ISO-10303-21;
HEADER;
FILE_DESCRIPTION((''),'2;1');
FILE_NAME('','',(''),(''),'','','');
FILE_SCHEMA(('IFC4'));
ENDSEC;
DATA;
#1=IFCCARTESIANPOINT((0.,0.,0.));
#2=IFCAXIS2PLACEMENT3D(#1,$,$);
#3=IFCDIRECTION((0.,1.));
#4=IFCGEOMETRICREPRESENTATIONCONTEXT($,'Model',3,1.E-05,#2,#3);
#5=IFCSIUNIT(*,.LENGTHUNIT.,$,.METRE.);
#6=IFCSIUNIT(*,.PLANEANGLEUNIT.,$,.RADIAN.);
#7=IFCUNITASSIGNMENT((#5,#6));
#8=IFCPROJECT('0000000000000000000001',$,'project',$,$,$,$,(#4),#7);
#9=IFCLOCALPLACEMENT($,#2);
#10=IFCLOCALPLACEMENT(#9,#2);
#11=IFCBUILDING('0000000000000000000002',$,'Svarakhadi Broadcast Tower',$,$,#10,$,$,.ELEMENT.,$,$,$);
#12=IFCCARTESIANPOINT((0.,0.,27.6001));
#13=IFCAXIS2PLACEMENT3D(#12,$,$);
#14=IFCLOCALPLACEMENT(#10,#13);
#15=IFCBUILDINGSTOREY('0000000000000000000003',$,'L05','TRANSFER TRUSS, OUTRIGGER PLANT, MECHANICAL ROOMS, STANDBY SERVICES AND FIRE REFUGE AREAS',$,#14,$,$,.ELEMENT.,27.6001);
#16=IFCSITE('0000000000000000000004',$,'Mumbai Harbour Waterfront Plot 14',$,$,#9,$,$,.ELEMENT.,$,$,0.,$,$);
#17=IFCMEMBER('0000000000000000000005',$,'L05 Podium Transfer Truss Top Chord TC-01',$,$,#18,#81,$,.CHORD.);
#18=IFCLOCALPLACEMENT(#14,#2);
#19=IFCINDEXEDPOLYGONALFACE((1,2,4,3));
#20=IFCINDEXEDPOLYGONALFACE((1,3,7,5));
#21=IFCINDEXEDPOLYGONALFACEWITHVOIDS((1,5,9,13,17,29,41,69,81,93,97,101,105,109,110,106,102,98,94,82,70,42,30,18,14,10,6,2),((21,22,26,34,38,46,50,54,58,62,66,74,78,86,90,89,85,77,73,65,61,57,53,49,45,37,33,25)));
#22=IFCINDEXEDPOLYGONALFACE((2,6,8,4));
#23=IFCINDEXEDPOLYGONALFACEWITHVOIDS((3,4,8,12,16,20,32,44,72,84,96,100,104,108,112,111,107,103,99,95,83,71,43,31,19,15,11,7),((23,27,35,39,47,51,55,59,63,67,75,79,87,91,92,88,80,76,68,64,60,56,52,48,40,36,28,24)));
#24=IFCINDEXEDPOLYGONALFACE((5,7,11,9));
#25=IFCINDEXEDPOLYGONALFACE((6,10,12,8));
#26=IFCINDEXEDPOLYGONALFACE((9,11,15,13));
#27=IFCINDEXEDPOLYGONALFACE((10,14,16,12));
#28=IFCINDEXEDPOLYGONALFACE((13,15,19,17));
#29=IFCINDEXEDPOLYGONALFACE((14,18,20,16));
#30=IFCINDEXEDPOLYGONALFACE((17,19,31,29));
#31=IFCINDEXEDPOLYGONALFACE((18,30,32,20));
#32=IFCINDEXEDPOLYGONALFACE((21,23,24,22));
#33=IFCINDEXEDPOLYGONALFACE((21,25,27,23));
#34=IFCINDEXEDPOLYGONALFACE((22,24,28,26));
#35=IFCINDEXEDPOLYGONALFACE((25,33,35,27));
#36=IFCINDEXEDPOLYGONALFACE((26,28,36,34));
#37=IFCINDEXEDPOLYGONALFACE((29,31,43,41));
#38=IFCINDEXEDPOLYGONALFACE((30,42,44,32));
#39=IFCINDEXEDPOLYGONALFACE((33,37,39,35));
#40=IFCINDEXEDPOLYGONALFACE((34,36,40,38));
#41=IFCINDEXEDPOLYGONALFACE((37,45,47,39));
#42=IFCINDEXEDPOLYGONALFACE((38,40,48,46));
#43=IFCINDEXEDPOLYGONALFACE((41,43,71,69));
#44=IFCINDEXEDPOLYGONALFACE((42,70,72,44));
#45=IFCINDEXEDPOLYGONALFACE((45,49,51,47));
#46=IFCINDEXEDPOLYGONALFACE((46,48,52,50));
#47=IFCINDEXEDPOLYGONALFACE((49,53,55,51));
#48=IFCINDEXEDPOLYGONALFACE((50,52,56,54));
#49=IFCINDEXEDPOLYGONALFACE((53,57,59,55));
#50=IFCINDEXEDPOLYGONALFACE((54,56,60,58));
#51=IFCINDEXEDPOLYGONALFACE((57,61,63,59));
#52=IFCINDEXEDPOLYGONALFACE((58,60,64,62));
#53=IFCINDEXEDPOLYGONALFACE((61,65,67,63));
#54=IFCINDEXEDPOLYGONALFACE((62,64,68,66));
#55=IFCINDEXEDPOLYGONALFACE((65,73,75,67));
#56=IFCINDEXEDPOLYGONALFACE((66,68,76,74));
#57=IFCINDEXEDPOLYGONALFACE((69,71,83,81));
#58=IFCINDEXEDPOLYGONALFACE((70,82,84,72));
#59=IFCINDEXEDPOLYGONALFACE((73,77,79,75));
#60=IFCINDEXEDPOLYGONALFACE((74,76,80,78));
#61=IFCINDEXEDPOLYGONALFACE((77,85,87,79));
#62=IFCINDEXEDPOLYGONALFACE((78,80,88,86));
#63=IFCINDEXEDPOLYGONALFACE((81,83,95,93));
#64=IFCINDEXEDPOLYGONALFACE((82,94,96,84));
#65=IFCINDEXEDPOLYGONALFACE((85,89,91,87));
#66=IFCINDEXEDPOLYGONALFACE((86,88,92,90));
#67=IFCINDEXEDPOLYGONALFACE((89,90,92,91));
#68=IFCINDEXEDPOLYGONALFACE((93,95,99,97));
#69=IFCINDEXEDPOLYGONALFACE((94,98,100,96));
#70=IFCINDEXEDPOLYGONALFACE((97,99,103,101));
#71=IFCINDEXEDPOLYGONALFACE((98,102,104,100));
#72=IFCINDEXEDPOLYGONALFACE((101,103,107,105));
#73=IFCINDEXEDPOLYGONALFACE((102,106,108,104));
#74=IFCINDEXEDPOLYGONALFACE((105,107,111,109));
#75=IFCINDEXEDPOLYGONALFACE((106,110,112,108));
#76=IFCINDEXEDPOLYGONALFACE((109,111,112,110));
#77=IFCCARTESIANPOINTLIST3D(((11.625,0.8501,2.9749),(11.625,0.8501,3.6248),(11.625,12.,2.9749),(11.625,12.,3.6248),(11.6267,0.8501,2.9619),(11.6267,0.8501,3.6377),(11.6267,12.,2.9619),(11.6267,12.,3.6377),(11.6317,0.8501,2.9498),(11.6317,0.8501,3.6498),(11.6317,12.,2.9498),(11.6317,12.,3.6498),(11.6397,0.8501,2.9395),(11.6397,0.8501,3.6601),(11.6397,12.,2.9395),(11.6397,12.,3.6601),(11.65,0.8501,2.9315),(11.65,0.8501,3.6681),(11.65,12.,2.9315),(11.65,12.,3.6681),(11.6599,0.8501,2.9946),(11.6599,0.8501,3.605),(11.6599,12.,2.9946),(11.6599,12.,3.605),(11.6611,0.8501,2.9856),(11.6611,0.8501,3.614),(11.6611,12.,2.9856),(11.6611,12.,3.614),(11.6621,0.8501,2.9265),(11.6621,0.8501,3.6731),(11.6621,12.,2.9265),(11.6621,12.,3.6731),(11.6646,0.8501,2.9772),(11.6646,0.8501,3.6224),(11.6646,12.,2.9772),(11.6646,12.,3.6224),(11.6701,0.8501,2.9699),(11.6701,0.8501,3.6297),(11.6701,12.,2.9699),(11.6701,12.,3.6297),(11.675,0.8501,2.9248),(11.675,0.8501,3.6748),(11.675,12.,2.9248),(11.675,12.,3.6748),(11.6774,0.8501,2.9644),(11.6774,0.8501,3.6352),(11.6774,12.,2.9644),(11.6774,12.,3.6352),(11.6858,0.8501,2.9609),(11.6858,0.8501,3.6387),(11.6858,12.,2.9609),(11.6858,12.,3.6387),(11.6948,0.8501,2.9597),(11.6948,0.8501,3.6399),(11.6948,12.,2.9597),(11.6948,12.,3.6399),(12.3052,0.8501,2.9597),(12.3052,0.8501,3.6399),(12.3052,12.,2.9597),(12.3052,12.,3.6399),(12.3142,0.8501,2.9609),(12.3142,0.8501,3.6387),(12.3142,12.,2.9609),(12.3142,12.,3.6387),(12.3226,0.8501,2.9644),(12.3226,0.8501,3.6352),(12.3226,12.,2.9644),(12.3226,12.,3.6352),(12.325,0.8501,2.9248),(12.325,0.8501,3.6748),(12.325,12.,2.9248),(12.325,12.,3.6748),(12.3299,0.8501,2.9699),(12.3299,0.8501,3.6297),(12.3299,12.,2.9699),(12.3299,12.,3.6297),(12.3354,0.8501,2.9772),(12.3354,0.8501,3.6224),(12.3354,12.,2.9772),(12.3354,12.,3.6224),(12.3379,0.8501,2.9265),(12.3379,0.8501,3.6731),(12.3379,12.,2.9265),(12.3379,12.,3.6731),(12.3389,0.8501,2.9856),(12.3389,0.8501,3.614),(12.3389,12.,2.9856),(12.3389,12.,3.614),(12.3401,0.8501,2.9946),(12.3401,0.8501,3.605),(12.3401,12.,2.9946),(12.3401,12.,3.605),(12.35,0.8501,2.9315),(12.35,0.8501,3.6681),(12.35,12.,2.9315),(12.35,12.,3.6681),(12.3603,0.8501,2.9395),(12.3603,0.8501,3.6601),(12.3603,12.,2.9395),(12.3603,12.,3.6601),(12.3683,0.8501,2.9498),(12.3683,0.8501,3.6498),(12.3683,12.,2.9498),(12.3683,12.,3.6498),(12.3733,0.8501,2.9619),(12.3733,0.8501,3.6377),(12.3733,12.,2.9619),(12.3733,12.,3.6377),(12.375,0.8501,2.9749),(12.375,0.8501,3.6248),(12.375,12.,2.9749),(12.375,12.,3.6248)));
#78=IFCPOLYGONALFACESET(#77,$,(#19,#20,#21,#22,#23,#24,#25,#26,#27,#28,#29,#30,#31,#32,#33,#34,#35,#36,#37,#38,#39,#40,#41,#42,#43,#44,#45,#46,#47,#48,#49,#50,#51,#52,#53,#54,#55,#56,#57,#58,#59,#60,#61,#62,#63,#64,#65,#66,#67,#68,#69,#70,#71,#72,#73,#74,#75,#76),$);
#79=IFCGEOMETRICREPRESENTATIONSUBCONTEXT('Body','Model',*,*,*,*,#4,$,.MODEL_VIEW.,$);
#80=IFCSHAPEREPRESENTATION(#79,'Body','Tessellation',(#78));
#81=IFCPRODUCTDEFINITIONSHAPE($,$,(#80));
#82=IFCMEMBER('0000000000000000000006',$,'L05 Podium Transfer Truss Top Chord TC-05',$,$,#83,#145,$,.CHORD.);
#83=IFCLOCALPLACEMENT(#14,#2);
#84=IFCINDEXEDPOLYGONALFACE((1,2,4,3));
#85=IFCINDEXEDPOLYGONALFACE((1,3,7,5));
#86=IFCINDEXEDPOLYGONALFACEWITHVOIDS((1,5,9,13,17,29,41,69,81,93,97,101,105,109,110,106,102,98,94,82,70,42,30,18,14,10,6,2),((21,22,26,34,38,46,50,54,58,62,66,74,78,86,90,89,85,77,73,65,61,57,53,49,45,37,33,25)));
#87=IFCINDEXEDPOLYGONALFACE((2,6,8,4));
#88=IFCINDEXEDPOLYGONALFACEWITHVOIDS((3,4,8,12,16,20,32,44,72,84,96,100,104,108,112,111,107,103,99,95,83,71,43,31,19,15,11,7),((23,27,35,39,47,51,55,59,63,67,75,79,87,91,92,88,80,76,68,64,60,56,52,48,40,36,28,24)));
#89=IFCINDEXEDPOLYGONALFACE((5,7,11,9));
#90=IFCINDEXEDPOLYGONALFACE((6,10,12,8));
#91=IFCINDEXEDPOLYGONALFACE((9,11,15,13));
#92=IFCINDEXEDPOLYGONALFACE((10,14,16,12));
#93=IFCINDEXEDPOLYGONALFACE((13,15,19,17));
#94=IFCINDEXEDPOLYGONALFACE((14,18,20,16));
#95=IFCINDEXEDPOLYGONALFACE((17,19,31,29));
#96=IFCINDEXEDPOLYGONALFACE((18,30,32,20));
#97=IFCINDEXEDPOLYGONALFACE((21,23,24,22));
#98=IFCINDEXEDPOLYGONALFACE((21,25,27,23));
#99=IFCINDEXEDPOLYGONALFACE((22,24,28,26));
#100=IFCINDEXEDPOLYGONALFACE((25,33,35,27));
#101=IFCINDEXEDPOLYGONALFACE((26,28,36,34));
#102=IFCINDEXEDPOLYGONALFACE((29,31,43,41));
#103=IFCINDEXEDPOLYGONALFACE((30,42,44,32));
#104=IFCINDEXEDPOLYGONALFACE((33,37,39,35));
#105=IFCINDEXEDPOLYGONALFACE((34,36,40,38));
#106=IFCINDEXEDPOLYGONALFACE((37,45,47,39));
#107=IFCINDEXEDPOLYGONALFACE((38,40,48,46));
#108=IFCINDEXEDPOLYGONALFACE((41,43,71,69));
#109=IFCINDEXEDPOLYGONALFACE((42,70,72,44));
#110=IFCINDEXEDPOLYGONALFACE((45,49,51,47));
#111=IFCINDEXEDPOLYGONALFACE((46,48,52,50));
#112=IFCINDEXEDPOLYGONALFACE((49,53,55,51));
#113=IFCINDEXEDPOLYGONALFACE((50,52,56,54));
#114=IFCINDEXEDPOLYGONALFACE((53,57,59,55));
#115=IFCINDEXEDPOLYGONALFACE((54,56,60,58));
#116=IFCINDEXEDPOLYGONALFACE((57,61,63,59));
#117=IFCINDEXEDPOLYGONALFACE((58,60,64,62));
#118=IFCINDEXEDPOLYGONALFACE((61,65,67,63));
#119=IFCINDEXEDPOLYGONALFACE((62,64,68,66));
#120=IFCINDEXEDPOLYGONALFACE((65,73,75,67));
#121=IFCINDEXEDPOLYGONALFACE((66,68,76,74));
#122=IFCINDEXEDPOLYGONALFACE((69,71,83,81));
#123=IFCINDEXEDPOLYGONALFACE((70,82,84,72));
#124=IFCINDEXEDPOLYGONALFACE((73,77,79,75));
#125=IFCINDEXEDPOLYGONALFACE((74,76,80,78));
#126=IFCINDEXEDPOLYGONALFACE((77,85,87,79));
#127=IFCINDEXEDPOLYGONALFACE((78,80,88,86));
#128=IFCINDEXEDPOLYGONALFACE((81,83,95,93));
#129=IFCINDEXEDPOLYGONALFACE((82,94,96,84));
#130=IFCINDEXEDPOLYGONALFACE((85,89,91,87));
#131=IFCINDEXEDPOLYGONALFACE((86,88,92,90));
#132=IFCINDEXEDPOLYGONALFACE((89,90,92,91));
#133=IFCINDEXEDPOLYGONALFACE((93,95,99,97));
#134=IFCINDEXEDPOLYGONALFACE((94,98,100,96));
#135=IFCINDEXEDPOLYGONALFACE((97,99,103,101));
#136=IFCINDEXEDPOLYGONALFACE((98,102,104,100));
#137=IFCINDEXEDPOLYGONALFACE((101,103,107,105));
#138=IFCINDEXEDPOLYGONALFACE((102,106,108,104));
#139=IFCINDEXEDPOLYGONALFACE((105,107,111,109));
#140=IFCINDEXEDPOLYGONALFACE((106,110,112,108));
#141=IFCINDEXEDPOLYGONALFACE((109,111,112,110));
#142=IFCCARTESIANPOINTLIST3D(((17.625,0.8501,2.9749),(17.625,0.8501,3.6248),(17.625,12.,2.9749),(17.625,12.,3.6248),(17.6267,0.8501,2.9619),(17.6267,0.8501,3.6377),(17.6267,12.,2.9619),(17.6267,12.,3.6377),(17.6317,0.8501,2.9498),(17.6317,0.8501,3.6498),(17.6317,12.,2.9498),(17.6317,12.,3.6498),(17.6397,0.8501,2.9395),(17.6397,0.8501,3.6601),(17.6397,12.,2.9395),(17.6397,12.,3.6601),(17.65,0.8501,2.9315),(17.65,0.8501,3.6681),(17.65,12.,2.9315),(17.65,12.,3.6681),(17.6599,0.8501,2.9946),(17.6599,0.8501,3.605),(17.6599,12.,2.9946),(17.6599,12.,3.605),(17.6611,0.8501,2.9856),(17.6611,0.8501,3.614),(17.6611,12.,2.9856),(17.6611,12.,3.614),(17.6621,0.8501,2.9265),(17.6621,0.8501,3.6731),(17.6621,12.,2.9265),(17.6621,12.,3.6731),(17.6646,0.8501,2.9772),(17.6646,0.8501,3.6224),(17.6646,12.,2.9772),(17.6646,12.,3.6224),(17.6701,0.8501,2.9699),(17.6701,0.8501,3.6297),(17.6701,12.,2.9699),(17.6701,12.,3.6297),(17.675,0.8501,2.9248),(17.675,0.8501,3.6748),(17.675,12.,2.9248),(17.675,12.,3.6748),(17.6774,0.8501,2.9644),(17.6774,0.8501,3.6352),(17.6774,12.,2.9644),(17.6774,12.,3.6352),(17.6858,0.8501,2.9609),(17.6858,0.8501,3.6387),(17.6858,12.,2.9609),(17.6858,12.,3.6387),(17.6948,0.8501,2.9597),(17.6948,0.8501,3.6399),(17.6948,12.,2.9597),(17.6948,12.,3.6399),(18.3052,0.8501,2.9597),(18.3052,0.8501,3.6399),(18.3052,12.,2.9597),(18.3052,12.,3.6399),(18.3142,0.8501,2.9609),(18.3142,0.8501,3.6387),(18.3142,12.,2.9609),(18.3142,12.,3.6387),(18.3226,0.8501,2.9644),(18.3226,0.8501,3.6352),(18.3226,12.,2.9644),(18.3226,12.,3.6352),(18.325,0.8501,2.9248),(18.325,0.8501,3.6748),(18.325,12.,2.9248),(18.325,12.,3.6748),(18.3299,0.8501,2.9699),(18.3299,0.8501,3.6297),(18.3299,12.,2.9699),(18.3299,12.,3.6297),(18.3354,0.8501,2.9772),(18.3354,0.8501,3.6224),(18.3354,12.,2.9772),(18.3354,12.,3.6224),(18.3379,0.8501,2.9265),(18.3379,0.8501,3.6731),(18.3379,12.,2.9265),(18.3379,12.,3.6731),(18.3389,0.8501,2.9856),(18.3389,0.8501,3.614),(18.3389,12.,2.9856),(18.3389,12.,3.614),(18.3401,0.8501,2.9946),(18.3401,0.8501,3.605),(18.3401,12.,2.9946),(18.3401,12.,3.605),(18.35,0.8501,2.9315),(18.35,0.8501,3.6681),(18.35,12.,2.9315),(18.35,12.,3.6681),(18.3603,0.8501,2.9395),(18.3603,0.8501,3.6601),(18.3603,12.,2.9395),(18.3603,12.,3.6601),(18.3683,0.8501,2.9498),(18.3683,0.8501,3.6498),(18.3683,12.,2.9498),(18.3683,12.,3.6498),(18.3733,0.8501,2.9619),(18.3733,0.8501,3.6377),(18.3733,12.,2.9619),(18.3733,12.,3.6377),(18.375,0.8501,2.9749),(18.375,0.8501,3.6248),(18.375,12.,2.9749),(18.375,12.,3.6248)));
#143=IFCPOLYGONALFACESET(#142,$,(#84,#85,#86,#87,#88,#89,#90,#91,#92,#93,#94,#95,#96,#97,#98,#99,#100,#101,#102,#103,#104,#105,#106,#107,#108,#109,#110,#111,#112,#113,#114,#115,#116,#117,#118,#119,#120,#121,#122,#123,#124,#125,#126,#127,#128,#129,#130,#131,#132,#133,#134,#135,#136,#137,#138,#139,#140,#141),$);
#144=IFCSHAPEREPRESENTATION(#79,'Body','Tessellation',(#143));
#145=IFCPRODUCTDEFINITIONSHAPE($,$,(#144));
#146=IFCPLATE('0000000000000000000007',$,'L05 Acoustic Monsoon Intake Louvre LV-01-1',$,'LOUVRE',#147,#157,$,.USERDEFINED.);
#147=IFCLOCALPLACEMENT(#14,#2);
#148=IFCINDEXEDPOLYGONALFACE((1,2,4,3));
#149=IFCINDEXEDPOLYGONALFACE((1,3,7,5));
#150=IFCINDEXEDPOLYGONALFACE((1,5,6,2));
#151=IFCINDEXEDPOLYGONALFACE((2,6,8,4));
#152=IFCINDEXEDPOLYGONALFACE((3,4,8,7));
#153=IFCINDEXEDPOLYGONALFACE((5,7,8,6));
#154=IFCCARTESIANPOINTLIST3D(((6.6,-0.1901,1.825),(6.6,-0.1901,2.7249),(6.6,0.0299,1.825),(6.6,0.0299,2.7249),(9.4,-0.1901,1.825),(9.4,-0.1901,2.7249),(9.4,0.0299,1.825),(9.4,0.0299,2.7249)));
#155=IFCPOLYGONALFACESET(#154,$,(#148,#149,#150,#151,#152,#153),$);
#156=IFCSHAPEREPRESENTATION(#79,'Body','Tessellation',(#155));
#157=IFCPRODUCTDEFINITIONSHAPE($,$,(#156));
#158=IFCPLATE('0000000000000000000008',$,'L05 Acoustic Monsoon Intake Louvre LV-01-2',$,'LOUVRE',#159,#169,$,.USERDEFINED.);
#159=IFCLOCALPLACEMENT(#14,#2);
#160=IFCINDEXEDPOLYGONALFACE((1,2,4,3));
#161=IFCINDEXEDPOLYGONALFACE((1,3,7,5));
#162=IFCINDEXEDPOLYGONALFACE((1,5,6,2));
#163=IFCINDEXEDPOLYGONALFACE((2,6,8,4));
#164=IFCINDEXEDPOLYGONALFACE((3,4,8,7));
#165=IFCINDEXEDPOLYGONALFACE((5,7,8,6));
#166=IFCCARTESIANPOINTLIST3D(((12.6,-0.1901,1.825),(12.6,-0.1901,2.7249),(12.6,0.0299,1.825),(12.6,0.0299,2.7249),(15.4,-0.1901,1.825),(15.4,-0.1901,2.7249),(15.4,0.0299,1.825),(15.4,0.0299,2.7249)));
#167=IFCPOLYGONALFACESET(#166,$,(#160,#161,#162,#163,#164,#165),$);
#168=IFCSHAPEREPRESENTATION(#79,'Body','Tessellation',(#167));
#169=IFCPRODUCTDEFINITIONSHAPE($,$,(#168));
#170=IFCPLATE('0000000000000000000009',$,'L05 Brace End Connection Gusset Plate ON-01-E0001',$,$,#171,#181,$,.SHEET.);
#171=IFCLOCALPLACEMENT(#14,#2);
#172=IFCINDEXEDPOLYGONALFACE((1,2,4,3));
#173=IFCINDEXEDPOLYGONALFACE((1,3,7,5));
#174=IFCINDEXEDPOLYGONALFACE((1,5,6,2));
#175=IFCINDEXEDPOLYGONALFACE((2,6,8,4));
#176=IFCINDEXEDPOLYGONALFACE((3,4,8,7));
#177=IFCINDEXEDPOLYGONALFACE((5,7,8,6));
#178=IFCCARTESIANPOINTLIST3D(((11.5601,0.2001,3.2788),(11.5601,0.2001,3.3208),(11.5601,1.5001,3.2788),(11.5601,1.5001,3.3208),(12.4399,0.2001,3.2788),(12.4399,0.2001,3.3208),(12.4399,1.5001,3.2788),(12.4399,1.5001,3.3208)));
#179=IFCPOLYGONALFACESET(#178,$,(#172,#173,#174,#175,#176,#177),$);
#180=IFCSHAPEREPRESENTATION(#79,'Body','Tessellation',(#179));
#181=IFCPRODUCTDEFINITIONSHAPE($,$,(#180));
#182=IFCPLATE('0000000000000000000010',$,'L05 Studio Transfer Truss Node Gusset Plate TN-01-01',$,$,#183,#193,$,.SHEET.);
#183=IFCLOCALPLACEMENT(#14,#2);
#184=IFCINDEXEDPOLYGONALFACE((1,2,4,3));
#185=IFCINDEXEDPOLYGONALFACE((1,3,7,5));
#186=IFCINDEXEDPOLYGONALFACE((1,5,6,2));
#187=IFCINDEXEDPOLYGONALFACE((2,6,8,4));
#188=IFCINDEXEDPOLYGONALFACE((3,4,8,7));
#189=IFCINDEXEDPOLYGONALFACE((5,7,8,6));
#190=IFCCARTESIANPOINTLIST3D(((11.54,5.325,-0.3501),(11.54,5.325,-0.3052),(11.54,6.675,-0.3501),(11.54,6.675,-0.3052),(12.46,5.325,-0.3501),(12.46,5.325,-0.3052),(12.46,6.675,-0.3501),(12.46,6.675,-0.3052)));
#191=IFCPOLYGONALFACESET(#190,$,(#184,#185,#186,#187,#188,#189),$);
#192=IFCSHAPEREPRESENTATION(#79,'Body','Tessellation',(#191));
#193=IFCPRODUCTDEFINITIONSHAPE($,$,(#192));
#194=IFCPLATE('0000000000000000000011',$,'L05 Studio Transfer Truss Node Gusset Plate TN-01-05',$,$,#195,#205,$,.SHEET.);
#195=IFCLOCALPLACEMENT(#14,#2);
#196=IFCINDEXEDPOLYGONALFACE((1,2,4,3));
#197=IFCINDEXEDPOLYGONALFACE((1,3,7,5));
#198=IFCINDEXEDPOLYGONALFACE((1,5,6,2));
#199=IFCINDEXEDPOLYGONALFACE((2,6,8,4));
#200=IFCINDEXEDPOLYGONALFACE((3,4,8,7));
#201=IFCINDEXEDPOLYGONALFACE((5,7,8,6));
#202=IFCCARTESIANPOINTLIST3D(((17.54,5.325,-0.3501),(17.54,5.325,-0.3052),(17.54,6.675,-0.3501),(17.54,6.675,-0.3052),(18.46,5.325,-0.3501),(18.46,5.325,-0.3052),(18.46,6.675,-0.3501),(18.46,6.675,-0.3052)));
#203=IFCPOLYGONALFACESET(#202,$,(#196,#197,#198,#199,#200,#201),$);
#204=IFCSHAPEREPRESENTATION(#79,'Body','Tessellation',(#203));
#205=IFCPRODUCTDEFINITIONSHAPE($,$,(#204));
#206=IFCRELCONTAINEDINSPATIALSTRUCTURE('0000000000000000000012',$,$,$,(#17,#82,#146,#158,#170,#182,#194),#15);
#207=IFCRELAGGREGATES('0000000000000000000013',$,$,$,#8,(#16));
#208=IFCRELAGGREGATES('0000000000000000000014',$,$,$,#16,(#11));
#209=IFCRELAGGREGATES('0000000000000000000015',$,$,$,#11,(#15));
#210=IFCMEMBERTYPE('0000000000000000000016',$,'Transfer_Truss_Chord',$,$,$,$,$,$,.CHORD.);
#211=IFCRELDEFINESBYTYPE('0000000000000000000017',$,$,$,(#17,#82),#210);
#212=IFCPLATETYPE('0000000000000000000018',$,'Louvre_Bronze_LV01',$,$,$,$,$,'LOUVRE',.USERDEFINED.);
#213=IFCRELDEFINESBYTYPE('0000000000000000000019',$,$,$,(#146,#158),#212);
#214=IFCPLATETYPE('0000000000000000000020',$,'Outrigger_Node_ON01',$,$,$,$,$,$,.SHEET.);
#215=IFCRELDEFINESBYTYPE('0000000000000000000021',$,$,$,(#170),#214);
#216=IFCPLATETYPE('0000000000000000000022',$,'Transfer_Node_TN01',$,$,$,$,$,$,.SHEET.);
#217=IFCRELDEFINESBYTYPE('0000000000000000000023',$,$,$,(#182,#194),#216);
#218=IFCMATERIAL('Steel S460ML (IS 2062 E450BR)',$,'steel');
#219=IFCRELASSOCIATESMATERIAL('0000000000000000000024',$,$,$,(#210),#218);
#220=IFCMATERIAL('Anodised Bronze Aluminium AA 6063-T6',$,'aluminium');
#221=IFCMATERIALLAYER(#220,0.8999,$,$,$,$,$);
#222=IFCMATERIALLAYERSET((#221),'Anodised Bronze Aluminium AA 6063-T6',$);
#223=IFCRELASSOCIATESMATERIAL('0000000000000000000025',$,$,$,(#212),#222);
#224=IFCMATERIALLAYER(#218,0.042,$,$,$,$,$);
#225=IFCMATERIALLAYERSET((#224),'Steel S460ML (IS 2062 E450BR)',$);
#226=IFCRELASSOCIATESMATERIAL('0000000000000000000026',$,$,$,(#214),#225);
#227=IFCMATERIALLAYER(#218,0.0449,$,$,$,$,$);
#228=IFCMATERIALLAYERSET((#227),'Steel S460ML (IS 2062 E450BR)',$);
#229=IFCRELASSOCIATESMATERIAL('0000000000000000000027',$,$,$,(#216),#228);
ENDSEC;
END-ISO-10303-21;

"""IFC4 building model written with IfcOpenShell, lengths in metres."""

from ifc_helpers import new_model, si_unit, direction, frame, origin, origin_2d, place, context, subcontext, project, spatial, rectangle, hollow_rectangle, extrude, material, layer, layer_set, material_profile, profile_set, type_object, element, save


model = new_model("IFC4")

# Units and contexts
model_context = context("Model", 3, precision=1e-05, world=origin(), true_north=direction((0.0, 1.0)))
body_context = subcontext(model_context, "Body", "Model", "MODEL_VIEW")
ifc_project = project(units=[si_unit("LENGTHUNIT", "METRE"), si_unit("PLANEANGLEUNIT", "RADIAN")], contexts=[model_context])

# Site, building, storey
site_placement = place(None, origin())
site = spatial("IfcSite", under=ifc_project, at=site_placement, Name="Mumbai Harbour Waterfront Plot 14", CompositionType="ELEMENT", RefElevation=0.0)
building_placement = place(site_placement, origin())
building = spatial("IfcBuilding", under=site, at=building_placement, Name="Svarakhadi Broadcast Tower", CompositionType="ELEMENT")
storey_placement = place(building_placement, frame((0.0, 0.0, 27.6001)))
storey = spatial("IfcBuildingStorey", under=building, at=storey_placement, Name="L05", Description="TRANSFER TRUSS, OUTRIGGER PLANT, MECHANICAL ROOMS, STANDBY SERVICES AND FIRE REFUGE AREAS", CompositionType="ELEMENT", Elevation=27.6001)

# Shared definitions
ifc_material_1 = material(Name="Steel S460ML (IS 2062 E450BR)", Category="steel")

# Members
ifc_material_profile_1 = material_profile(ifc_material_1, hollow_rectangle(XDim=0.75, YDim=0.75, WallThickness=0.0349, InnerFilletRadius=0.0349, OuterFilletRadius=0.05, at=origin_2d()), Name="BOX 750x750x35")
ifc_profile_set_1 = profile_set([ifc_material_profile_1], Name="Steel S460ML (IS 2062 E450BR)")
member_type_1 = type_object("IfcMemberType", Name="Transfer_Truss_Chord", PredefinedType="CHORD", material=ifc_profile_set_1)
for number, where, z_axis, x_axis, name in (
    (1, (12.0, 0.8501, 3.2998), (0.0, 1.0, 0.0), (-1.0, 0.0, 0.0), "L05 Podium Transfer Truss Top Chord TC-01"),
    (2, (18.0, 0.8501, 3.2998), (0.0, 1.0, 0.0), (-1.0, 0.0, 0.0), "L05 Podium Transfer Truss Top Chord TC-05"),
):
    element("IfcMember", number, at=place(storey_placement, frame(where, z_axis=z_axis, x_axis=x_axis)), inside=storey, type_object=member_type_1, Name=name, PredefinedType="CHORD", context=body_context, shape_type="SweptSolid", body=[
        extrude(hollow_rectangle(XDim=0.75, YDim=0.75, WallThickness=0.0349, InnerFilletRadius=0.0349, OuterFilletRadius=0.05, at=origin_2d()), origin(), (0.0, 0.0, 1.0), 11.1499),
    ])

# Plates
ifc_material_2 = material(Name="Anodised Bronze Aluminium AA 6063-T6", Category="aluminium")
ifc_layer_1 = layer(ifc_material_2, 0.8999)
ifc_layer_set_1 = layer_set([ifc_layer_1], Name="Anodised Bronze Aluminium AA 6063-T6")
plate_type_1 = type_object("IfcPlateType", Name="Louvre_Bronze_LV01", ElementType="LOUVRE", PredefinedType="USERDEFINED", material=ifc_layer_set_1)
for number, where, z_axis, x_axis, name in (
    (3, (8.0, -0.0801, 1.825), (0.0, 0.0, 1.0), (1.0, 0.0, 0.0), "L05 Acoustic Monsoon Intake Louvre LV-01-1"),
    (4, (14.0, -0.0801, 1.825), (0.0, 0.0, 1.0), (1.0, 0.0, 0.0), "L05 Acoustic Monsoon Intake Louvre LV-01-2"),
):
    element("IfcPlate", number, at=place(storey_placement, frame(where, z_axis=z_axis, x_axis=x_axis)), inside=storey, type_object=plate_type_1, Name=name, ObjectType="LOUVRE", PredefinedType="USERDEFINED", context=body_context, shape_type="SweptSolid", body=[
        extrude(rectangle(XDim=2.8, YDim=0.22, at=origin_2d()), origin(), (0.0, 0.0, 1.0), 0.8999),
    ])
ifc_layer_2 = layer(ifc_material_1, 0.042)
ifc_layer_set_2 = layer_set([ifc_layer_2], Name="Steel S460ML (IS 2062 E450BR)")
plate_type_2 = type_object("IfcPlateType", Name="Outrigger_Node_ON01", PredefinedType="SHEET", material=ifc_layer_set_2)
plate_placement = place(storey_placement, frame((12.0, 0.8501, 3.2788), z_axis=(0.0, 0.0, 1.0), x_axis=(0.0, 1.0, 0.0)))
element("IfcPlate", 5, at=plate_placement, inside=storey, type_object=plate_type_2, Name="L05 Brace End Connection Gusset Plate ON-01-E0001", PredefinedType="SHEET", context=body_context, shape_type="SweptSolid", body=[
    extrude(rectangle(XDim=1.3, YDim=0.8799, at=origin_2d()), origin(), (0.0, 0.0, 1.0), 0.042),
])
ifc_layer_3 = layer(ifc_material_1, 0.0449)
ifc_layer_set_3 = layer_set([ifc_layer_3], Name="Steel S460ML (IS 2062 E450BR)")
plate_type_3 = type_object("IfcPlateType", Name="Transfer_Node_TN01", PredefinedType="SHEET", material=ifc_layer_set_3)
for number, where, z_axis, x_axis, name in (
    (6, (12.0, 6.0, -0.3501), (0.0, 0.0, 1.0), (0.0, 1.0, 0.0), "L05 Studio Transfer Truss Node Gusset Plate TN-01-01"),
    (7, (18.0, 6.0, -0.3501), (0.0, 0.0, 1.0), (0.0, 1.0, 0.0), "L05 Studio Transfer Truss Node Gusset Plate TN-01-05"),
):
    element("IfcPlate", number, at=place(storey_placement, frame(where, z_axis=z_axis, x_axis=x_axis)), inside=storey, type_object=plate_type_3, Name=name, PredefinedType="SHEET", context=body_context, shape_type="SweptSolid", body=[
        extrude(rectangle(XDim=1.3501, YDim=0.9199, at=origin_2d()), origin(), (0.0, 0.0, 1.0), 0.0449),
    ])

save(model, "model.ifc")
